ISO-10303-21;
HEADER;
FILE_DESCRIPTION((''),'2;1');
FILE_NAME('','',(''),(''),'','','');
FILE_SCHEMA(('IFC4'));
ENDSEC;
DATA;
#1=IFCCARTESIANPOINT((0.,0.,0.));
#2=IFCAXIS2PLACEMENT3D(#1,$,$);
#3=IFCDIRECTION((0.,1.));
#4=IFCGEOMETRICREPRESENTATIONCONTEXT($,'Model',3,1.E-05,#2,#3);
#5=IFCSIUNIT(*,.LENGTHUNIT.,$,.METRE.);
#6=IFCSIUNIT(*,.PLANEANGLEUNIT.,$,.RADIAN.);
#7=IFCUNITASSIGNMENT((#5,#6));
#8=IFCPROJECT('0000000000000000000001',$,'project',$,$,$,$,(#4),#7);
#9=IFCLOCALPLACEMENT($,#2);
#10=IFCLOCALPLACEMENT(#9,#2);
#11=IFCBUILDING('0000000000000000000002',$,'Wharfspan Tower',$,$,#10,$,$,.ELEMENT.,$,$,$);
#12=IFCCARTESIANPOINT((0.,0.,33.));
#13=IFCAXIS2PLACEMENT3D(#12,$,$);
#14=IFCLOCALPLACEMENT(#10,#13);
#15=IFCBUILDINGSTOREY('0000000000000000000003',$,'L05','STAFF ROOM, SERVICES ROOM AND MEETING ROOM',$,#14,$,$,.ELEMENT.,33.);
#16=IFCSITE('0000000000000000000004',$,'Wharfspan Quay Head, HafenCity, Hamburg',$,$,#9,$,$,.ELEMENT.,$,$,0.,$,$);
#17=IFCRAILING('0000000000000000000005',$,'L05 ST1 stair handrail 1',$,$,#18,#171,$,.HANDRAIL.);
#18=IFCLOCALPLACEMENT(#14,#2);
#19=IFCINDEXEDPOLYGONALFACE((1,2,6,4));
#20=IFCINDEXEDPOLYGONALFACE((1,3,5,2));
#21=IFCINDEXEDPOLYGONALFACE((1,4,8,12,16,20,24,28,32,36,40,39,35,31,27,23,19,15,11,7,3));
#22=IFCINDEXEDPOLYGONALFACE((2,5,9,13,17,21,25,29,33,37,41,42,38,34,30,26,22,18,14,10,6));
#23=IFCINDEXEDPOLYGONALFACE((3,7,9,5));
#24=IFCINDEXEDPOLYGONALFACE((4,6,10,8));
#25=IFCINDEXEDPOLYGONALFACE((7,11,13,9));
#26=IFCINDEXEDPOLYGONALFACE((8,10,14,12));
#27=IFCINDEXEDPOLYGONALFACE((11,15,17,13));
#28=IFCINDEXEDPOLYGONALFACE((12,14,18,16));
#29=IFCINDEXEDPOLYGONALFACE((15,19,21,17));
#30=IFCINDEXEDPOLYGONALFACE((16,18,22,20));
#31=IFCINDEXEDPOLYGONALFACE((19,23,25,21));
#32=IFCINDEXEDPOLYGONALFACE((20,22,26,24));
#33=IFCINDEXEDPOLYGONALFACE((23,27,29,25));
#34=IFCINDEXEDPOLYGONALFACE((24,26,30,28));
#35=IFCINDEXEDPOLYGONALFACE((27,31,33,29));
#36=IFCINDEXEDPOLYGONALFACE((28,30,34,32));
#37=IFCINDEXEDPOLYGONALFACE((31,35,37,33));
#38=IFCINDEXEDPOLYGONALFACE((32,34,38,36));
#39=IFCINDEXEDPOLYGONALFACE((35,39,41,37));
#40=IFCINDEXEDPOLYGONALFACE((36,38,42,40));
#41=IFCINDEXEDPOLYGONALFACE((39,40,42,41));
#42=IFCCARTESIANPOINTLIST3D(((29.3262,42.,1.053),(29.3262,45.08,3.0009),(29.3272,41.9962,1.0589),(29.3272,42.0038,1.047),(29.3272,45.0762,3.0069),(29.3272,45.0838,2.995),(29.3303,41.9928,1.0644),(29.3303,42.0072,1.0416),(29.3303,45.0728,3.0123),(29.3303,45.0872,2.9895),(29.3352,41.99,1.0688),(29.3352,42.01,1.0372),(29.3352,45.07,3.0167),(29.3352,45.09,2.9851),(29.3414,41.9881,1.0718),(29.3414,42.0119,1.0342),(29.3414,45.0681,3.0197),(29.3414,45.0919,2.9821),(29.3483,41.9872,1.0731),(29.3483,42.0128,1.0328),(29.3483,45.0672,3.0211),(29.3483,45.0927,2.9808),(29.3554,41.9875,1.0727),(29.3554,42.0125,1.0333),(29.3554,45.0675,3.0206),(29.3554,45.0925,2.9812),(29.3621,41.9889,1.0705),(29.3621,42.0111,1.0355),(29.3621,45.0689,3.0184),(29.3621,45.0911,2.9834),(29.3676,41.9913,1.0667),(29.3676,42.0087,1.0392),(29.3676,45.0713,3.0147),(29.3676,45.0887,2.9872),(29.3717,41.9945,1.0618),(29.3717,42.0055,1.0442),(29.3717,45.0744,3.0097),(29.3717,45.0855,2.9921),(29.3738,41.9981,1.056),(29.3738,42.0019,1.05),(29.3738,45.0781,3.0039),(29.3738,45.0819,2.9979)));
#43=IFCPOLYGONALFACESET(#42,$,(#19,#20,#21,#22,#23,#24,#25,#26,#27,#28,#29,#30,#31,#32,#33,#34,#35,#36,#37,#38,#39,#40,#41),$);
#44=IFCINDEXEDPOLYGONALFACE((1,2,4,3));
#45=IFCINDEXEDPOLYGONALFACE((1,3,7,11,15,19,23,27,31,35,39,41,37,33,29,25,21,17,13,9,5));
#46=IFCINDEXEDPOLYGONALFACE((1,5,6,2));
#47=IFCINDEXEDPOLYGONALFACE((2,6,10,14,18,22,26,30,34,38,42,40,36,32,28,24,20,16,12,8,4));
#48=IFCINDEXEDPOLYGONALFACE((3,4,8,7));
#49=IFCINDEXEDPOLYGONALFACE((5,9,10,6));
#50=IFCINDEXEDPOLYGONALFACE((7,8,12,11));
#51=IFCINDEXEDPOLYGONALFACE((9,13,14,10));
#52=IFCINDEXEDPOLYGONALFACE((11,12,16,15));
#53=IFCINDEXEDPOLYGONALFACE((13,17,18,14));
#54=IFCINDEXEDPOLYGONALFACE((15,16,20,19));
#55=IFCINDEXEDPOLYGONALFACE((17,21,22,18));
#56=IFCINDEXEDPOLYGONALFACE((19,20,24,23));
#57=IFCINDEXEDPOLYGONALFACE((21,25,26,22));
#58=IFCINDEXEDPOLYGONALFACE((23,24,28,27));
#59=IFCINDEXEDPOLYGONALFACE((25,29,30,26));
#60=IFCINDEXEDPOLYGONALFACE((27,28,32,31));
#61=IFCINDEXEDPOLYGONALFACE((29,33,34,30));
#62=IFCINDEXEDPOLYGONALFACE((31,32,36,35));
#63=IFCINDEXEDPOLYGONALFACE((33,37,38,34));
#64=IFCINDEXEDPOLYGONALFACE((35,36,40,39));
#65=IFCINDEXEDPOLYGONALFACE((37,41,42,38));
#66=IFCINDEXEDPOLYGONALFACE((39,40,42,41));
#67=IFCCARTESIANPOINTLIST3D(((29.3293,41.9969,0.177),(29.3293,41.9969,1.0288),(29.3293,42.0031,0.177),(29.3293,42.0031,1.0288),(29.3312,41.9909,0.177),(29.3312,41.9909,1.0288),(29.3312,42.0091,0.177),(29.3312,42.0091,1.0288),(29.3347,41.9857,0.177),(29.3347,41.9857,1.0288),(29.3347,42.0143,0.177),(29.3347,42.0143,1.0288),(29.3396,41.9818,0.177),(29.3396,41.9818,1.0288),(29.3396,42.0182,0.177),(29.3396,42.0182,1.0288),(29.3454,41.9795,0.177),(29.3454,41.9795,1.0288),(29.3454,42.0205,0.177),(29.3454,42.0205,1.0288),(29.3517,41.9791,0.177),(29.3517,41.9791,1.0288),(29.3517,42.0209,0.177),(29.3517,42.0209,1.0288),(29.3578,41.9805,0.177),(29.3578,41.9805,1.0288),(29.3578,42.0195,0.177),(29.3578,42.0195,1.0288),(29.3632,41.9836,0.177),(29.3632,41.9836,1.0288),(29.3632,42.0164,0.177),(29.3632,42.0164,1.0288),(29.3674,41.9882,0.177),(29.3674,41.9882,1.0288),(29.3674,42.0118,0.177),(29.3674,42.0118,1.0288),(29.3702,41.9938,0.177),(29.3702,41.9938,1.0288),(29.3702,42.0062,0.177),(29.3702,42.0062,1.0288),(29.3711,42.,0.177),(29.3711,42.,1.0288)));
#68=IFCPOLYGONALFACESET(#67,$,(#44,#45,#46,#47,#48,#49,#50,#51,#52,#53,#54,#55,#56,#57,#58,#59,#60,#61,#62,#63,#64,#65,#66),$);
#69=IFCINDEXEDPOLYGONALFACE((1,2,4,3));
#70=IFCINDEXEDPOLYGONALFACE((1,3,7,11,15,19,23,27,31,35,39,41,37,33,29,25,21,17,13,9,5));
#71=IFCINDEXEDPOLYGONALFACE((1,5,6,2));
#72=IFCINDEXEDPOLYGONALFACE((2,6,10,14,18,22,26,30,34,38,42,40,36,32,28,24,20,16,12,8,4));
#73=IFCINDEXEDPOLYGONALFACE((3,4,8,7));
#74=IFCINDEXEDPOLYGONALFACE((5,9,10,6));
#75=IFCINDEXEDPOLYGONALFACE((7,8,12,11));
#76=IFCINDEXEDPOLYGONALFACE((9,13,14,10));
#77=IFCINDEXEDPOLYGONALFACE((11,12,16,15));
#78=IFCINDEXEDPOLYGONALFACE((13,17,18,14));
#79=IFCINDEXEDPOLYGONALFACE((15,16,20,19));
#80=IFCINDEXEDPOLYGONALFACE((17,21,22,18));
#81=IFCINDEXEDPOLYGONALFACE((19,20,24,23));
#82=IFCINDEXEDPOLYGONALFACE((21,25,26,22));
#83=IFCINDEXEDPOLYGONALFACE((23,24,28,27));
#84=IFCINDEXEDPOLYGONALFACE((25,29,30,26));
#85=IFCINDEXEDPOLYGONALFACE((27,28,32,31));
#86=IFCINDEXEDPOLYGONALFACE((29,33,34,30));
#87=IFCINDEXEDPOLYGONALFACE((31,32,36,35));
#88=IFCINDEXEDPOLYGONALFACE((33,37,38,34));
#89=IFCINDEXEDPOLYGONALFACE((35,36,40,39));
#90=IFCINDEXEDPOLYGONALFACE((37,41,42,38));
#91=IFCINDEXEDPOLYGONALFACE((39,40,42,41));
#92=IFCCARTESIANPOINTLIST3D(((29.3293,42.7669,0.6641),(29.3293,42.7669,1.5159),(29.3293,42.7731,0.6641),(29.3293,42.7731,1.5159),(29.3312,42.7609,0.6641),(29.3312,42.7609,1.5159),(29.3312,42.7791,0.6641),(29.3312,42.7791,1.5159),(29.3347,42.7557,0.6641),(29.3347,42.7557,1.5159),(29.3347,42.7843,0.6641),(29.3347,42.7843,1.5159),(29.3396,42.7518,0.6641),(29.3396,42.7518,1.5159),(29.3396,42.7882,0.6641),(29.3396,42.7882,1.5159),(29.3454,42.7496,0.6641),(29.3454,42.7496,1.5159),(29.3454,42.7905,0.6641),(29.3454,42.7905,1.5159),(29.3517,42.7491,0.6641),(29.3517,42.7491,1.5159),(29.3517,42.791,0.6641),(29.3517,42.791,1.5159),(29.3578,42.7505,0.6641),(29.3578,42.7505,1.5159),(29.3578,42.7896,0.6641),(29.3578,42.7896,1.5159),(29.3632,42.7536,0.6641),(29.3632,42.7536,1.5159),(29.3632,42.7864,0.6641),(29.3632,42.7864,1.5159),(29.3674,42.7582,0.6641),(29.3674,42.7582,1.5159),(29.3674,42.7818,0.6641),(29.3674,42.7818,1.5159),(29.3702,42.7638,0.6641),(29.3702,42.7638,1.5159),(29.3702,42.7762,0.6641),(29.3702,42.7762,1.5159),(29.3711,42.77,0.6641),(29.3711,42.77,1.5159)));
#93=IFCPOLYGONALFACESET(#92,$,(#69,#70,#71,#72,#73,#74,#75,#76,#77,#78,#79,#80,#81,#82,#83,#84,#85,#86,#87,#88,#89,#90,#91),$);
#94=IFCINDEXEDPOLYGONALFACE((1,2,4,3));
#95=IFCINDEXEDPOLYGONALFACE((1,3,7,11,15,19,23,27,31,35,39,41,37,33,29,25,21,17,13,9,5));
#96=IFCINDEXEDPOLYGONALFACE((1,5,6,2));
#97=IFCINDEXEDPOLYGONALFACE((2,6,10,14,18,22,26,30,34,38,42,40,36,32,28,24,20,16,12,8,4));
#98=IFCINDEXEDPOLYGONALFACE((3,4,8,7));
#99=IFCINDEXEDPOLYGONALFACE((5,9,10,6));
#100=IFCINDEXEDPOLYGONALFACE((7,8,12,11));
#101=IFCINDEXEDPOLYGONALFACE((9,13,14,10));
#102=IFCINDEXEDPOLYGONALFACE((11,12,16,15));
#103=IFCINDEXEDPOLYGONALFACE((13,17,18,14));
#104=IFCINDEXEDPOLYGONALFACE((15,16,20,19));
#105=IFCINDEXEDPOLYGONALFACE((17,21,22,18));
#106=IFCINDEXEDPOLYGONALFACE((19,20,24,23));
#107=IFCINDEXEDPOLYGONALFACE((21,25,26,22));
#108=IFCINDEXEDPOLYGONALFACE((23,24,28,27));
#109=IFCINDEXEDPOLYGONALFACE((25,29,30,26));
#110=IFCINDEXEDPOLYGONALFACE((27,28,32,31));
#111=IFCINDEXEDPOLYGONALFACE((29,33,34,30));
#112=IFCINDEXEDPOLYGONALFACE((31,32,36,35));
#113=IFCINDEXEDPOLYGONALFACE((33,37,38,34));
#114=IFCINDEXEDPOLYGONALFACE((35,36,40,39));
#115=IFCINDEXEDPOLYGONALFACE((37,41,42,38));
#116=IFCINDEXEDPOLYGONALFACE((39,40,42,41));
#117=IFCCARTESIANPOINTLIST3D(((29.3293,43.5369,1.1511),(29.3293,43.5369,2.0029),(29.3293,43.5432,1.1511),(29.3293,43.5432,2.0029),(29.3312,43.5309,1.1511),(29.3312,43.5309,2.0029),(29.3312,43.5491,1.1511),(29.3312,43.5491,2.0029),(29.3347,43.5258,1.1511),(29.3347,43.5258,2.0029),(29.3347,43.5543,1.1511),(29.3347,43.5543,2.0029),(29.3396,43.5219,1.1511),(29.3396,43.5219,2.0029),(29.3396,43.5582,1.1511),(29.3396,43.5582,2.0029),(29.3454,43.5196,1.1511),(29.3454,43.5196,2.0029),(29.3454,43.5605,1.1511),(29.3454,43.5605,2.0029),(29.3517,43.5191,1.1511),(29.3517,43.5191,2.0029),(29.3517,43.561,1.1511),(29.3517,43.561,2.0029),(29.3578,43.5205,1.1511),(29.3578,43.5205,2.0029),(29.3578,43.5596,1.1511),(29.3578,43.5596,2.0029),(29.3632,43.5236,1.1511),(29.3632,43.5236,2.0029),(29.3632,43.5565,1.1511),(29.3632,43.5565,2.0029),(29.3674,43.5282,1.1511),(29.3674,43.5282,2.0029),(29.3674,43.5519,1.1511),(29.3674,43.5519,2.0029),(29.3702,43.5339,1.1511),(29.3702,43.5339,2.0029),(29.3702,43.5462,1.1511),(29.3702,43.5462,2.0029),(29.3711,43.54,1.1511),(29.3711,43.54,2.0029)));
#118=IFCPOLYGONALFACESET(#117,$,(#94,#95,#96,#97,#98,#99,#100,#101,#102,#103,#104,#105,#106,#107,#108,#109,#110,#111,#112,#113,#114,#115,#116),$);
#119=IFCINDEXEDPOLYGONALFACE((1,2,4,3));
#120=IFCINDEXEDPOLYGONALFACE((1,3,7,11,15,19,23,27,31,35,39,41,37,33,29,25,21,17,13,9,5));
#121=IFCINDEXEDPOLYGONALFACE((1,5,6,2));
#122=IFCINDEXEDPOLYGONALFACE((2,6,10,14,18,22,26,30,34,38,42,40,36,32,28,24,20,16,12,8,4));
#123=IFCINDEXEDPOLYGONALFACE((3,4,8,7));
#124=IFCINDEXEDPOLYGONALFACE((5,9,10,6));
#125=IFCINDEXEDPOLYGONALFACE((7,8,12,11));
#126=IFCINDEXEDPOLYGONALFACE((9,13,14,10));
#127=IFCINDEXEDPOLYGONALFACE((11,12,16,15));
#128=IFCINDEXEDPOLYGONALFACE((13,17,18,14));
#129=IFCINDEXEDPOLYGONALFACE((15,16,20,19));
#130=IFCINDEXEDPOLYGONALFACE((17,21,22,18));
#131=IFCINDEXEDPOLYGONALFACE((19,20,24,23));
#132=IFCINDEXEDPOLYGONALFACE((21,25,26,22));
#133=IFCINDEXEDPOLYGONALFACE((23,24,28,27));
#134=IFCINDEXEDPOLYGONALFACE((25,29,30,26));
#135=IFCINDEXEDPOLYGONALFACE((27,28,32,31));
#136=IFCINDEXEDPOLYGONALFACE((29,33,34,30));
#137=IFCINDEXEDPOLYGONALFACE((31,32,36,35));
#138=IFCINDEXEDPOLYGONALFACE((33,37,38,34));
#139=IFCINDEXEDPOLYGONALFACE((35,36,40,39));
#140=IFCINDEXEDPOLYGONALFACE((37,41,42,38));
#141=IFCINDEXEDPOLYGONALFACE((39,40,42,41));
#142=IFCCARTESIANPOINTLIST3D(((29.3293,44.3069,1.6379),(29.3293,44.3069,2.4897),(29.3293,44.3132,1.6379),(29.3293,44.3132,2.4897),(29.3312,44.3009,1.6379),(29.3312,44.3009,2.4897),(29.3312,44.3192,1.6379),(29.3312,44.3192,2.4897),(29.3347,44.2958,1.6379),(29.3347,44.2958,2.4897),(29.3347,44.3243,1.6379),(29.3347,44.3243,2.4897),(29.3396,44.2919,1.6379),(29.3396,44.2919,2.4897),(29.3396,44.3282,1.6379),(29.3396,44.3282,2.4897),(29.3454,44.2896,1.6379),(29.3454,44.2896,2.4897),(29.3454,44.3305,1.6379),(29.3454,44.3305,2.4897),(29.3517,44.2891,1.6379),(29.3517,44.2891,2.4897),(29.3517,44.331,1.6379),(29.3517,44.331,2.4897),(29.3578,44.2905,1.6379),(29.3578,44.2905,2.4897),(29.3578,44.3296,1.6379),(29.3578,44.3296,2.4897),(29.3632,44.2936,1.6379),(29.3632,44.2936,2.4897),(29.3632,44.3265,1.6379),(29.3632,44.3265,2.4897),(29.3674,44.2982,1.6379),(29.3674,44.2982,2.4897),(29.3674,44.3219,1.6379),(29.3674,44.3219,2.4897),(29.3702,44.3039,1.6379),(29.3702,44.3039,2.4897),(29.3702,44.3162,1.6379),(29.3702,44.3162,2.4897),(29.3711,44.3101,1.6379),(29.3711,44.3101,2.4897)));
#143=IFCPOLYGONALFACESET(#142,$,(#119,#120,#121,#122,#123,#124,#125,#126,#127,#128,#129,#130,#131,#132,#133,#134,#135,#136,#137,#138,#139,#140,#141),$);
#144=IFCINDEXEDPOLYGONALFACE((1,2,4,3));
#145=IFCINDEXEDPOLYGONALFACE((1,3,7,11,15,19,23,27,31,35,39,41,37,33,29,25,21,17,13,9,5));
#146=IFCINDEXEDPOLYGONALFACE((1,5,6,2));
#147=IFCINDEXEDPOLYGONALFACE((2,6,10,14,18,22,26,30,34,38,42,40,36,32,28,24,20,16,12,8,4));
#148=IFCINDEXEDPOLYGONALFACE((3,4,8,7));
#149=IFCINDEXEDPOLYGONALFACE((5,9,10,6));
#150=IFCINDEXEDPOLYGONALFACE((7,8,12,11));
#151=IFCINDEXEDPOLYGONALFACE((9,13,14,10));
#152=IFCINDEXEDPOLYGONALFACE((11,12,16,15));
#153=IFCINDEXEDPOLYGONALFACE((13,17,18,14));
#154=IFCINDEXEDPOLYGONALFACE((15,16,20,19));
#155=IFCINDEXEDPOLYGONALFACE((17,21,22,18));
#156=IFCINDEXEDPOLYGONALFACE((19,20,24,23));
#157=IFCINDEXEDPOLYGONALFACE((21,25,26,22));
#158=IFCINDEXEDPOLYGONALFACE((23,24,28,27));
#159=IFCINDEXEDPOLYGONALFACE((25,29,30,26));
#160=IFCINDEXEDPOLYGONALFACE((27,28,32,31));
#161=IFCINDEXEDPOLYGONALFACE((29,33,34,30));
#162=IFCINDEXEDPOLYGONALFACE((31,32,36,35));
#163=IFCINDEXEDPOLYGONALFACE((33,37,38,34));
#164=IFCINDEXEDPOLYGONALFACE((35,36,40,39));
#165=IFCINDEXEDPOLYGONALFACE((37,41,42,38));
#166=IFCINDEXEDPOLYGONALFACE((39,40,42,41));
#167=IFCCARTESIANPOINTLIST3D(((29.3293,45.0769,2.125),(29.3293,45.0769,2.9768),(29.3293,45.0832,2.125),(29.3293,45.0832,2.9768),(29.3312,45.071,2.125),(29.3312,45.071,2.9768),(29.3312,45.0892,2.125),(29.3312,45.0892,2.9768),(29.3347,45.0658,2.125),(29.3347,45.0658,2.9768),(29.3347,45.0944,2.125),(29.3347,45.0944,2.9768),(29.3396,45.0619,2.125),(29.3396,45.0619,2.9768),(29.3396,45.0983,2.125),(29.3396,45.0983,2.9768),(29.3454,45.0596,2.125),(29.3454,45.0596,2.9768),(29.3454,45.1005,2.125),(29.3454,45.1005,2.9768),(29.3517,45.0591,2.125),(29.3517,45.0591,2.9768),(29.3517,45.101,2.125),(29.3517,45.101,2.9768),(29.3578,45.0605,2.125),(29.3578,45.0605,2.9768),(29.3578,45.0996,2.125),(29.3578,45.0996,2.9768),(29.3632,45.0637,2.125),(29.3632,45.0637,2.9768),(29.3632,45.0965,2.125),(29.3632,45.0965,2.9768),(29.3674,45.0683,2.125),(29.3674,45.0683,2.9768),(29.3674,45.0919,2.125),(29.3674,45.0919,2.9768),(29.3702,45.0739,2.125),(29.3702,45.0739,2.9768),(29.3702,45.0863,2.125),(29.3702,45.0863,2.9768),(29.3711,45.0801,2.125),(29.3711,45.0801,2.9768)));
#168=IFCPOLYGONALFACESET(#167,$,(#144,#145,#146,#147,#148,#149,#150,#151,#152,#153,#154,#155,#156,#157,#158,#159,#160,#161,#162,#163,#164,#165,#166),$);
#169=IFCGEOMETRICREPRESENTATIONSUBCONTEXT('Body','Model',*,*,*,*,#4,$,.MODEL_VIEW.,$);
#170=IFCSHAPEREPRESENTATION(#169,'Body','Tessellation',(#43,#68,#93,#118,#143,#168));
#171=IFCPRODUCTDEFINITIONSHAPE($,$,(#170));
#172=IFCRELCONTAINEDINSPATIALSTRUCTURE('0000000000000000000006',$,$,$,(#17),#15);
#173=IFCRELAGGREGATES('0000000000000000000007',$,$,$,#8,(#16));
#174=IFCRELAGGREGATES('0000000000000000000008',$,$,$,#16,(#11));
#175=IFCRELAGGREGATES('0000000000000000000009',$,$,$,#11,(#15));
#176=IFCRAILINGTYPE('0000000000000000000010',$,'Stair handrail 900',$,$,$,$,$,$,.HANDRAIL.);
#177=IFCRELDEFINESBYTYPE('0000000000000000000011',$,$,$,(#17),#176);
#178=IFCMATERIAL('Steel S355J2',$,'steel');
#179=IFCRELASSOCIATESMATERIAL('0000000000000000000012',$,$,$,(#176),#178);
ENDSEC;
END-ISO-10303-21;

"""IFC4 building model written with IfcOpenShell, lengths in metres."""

from ifc_helpers import new_model, si_unit, direction, frame, origin, origin_2d, place, context, subcontext, project, spatial, circle, extrude, material, type_object, element, save


model = new_model("IFC4")

# Units and contexts
model_context = context("Model", 3, precision=1e-05, world=origin(), true_north=direction((0.0, 1.0)))
body_context = subcontext(model_context, "Body", "Model", "MODEL_VIEW")
ifc_project = project(units=[si_unit("LENGTHUNIT", "METRE"), si_unit("PLANEANGLEUNIT", "RADIAN")], contexts=[model_context])

# Site, building, storey
site_placement = place(None, origin())
site = spatial("IfcSite", under=ifc_project, at=site_placement, Name="Wharfspan Quay Head, HafenCity, Hamburg", CompositionType="ELEMENT", RefElevation=0.0)
building_placement = place(site_placement, origin())
building = spatial("IfcBuilding", under=site, at=building_placement, Name="Wharfspan Tower", CompositionType="ELEMENT")
storey_placement = place(building_placement, frame((0.0, 0.0, 33.0)))
storey = spatial("IfcBuildingStorey", under=building, at=storey_placement, Name="L05", Description="STAFF ROOM, SERVICES ROOM AND MEETING ROOM", CompositionType="ELEMENT", Elevation=33.0)

# Railing
ifc_material_1 = material(Name="Steel S355J2", Category="steel")
railing_type_1 = type_object("IfcRailingType", Name="Stair handrail 900", PredefinedType="HANDRAIL", material=ifc_material_1)
railing_1_placement = place(storey_placement, frame((29.3501, 42.0, 0.177)))
element("IfcRailing", 1, at=railing_1_placement, inside=storey, type_object=railing_type_1, Name="L05 ST1 stair handrail 1", PredefinedType="HANDRAIL", context=body_context, shape_type="SweptSolid", body=[
    extrude(circle(Radius=0.0239, at=origin_2d()), frame((0.0, 0.0, 0.876), z_axis=(0.0, 0.845156, 0.53452), x_axis=(-1.0, 0.0, 0.0)), (0.0, 0.0, 1.0), 3.6443),
    extrude(circle(Radius=0.021, at=origin_2d()), origin(), (0.0, 0.0, 1.0), 0.8518),
    extrude(circle(Radius=0.021, at=origin_2d()), frame((0.0, 0.77, 0.4871)), (0.0, 0.0, 1.0), 0.8518),
    extrude(circle(Radius=0.021, at=origin_2d()), frame((0.0, 1.54, 0.9741)), (0.0, 0.0, 1.0), 0.8518),
    extrude(circle(Radius=0.021, at=origin_2d()), frame((0.0, 2.3101, 1.4609)), (0.0, 0.0, 1.0), 0.8518),
    extrude(circle(Radius=0.021, at=origin_2d()), frame((0.0, 3.0801, 1.948)), (0.0, 0.0, 1.0), 0.8518),
])

save(model, "model.ifc")
